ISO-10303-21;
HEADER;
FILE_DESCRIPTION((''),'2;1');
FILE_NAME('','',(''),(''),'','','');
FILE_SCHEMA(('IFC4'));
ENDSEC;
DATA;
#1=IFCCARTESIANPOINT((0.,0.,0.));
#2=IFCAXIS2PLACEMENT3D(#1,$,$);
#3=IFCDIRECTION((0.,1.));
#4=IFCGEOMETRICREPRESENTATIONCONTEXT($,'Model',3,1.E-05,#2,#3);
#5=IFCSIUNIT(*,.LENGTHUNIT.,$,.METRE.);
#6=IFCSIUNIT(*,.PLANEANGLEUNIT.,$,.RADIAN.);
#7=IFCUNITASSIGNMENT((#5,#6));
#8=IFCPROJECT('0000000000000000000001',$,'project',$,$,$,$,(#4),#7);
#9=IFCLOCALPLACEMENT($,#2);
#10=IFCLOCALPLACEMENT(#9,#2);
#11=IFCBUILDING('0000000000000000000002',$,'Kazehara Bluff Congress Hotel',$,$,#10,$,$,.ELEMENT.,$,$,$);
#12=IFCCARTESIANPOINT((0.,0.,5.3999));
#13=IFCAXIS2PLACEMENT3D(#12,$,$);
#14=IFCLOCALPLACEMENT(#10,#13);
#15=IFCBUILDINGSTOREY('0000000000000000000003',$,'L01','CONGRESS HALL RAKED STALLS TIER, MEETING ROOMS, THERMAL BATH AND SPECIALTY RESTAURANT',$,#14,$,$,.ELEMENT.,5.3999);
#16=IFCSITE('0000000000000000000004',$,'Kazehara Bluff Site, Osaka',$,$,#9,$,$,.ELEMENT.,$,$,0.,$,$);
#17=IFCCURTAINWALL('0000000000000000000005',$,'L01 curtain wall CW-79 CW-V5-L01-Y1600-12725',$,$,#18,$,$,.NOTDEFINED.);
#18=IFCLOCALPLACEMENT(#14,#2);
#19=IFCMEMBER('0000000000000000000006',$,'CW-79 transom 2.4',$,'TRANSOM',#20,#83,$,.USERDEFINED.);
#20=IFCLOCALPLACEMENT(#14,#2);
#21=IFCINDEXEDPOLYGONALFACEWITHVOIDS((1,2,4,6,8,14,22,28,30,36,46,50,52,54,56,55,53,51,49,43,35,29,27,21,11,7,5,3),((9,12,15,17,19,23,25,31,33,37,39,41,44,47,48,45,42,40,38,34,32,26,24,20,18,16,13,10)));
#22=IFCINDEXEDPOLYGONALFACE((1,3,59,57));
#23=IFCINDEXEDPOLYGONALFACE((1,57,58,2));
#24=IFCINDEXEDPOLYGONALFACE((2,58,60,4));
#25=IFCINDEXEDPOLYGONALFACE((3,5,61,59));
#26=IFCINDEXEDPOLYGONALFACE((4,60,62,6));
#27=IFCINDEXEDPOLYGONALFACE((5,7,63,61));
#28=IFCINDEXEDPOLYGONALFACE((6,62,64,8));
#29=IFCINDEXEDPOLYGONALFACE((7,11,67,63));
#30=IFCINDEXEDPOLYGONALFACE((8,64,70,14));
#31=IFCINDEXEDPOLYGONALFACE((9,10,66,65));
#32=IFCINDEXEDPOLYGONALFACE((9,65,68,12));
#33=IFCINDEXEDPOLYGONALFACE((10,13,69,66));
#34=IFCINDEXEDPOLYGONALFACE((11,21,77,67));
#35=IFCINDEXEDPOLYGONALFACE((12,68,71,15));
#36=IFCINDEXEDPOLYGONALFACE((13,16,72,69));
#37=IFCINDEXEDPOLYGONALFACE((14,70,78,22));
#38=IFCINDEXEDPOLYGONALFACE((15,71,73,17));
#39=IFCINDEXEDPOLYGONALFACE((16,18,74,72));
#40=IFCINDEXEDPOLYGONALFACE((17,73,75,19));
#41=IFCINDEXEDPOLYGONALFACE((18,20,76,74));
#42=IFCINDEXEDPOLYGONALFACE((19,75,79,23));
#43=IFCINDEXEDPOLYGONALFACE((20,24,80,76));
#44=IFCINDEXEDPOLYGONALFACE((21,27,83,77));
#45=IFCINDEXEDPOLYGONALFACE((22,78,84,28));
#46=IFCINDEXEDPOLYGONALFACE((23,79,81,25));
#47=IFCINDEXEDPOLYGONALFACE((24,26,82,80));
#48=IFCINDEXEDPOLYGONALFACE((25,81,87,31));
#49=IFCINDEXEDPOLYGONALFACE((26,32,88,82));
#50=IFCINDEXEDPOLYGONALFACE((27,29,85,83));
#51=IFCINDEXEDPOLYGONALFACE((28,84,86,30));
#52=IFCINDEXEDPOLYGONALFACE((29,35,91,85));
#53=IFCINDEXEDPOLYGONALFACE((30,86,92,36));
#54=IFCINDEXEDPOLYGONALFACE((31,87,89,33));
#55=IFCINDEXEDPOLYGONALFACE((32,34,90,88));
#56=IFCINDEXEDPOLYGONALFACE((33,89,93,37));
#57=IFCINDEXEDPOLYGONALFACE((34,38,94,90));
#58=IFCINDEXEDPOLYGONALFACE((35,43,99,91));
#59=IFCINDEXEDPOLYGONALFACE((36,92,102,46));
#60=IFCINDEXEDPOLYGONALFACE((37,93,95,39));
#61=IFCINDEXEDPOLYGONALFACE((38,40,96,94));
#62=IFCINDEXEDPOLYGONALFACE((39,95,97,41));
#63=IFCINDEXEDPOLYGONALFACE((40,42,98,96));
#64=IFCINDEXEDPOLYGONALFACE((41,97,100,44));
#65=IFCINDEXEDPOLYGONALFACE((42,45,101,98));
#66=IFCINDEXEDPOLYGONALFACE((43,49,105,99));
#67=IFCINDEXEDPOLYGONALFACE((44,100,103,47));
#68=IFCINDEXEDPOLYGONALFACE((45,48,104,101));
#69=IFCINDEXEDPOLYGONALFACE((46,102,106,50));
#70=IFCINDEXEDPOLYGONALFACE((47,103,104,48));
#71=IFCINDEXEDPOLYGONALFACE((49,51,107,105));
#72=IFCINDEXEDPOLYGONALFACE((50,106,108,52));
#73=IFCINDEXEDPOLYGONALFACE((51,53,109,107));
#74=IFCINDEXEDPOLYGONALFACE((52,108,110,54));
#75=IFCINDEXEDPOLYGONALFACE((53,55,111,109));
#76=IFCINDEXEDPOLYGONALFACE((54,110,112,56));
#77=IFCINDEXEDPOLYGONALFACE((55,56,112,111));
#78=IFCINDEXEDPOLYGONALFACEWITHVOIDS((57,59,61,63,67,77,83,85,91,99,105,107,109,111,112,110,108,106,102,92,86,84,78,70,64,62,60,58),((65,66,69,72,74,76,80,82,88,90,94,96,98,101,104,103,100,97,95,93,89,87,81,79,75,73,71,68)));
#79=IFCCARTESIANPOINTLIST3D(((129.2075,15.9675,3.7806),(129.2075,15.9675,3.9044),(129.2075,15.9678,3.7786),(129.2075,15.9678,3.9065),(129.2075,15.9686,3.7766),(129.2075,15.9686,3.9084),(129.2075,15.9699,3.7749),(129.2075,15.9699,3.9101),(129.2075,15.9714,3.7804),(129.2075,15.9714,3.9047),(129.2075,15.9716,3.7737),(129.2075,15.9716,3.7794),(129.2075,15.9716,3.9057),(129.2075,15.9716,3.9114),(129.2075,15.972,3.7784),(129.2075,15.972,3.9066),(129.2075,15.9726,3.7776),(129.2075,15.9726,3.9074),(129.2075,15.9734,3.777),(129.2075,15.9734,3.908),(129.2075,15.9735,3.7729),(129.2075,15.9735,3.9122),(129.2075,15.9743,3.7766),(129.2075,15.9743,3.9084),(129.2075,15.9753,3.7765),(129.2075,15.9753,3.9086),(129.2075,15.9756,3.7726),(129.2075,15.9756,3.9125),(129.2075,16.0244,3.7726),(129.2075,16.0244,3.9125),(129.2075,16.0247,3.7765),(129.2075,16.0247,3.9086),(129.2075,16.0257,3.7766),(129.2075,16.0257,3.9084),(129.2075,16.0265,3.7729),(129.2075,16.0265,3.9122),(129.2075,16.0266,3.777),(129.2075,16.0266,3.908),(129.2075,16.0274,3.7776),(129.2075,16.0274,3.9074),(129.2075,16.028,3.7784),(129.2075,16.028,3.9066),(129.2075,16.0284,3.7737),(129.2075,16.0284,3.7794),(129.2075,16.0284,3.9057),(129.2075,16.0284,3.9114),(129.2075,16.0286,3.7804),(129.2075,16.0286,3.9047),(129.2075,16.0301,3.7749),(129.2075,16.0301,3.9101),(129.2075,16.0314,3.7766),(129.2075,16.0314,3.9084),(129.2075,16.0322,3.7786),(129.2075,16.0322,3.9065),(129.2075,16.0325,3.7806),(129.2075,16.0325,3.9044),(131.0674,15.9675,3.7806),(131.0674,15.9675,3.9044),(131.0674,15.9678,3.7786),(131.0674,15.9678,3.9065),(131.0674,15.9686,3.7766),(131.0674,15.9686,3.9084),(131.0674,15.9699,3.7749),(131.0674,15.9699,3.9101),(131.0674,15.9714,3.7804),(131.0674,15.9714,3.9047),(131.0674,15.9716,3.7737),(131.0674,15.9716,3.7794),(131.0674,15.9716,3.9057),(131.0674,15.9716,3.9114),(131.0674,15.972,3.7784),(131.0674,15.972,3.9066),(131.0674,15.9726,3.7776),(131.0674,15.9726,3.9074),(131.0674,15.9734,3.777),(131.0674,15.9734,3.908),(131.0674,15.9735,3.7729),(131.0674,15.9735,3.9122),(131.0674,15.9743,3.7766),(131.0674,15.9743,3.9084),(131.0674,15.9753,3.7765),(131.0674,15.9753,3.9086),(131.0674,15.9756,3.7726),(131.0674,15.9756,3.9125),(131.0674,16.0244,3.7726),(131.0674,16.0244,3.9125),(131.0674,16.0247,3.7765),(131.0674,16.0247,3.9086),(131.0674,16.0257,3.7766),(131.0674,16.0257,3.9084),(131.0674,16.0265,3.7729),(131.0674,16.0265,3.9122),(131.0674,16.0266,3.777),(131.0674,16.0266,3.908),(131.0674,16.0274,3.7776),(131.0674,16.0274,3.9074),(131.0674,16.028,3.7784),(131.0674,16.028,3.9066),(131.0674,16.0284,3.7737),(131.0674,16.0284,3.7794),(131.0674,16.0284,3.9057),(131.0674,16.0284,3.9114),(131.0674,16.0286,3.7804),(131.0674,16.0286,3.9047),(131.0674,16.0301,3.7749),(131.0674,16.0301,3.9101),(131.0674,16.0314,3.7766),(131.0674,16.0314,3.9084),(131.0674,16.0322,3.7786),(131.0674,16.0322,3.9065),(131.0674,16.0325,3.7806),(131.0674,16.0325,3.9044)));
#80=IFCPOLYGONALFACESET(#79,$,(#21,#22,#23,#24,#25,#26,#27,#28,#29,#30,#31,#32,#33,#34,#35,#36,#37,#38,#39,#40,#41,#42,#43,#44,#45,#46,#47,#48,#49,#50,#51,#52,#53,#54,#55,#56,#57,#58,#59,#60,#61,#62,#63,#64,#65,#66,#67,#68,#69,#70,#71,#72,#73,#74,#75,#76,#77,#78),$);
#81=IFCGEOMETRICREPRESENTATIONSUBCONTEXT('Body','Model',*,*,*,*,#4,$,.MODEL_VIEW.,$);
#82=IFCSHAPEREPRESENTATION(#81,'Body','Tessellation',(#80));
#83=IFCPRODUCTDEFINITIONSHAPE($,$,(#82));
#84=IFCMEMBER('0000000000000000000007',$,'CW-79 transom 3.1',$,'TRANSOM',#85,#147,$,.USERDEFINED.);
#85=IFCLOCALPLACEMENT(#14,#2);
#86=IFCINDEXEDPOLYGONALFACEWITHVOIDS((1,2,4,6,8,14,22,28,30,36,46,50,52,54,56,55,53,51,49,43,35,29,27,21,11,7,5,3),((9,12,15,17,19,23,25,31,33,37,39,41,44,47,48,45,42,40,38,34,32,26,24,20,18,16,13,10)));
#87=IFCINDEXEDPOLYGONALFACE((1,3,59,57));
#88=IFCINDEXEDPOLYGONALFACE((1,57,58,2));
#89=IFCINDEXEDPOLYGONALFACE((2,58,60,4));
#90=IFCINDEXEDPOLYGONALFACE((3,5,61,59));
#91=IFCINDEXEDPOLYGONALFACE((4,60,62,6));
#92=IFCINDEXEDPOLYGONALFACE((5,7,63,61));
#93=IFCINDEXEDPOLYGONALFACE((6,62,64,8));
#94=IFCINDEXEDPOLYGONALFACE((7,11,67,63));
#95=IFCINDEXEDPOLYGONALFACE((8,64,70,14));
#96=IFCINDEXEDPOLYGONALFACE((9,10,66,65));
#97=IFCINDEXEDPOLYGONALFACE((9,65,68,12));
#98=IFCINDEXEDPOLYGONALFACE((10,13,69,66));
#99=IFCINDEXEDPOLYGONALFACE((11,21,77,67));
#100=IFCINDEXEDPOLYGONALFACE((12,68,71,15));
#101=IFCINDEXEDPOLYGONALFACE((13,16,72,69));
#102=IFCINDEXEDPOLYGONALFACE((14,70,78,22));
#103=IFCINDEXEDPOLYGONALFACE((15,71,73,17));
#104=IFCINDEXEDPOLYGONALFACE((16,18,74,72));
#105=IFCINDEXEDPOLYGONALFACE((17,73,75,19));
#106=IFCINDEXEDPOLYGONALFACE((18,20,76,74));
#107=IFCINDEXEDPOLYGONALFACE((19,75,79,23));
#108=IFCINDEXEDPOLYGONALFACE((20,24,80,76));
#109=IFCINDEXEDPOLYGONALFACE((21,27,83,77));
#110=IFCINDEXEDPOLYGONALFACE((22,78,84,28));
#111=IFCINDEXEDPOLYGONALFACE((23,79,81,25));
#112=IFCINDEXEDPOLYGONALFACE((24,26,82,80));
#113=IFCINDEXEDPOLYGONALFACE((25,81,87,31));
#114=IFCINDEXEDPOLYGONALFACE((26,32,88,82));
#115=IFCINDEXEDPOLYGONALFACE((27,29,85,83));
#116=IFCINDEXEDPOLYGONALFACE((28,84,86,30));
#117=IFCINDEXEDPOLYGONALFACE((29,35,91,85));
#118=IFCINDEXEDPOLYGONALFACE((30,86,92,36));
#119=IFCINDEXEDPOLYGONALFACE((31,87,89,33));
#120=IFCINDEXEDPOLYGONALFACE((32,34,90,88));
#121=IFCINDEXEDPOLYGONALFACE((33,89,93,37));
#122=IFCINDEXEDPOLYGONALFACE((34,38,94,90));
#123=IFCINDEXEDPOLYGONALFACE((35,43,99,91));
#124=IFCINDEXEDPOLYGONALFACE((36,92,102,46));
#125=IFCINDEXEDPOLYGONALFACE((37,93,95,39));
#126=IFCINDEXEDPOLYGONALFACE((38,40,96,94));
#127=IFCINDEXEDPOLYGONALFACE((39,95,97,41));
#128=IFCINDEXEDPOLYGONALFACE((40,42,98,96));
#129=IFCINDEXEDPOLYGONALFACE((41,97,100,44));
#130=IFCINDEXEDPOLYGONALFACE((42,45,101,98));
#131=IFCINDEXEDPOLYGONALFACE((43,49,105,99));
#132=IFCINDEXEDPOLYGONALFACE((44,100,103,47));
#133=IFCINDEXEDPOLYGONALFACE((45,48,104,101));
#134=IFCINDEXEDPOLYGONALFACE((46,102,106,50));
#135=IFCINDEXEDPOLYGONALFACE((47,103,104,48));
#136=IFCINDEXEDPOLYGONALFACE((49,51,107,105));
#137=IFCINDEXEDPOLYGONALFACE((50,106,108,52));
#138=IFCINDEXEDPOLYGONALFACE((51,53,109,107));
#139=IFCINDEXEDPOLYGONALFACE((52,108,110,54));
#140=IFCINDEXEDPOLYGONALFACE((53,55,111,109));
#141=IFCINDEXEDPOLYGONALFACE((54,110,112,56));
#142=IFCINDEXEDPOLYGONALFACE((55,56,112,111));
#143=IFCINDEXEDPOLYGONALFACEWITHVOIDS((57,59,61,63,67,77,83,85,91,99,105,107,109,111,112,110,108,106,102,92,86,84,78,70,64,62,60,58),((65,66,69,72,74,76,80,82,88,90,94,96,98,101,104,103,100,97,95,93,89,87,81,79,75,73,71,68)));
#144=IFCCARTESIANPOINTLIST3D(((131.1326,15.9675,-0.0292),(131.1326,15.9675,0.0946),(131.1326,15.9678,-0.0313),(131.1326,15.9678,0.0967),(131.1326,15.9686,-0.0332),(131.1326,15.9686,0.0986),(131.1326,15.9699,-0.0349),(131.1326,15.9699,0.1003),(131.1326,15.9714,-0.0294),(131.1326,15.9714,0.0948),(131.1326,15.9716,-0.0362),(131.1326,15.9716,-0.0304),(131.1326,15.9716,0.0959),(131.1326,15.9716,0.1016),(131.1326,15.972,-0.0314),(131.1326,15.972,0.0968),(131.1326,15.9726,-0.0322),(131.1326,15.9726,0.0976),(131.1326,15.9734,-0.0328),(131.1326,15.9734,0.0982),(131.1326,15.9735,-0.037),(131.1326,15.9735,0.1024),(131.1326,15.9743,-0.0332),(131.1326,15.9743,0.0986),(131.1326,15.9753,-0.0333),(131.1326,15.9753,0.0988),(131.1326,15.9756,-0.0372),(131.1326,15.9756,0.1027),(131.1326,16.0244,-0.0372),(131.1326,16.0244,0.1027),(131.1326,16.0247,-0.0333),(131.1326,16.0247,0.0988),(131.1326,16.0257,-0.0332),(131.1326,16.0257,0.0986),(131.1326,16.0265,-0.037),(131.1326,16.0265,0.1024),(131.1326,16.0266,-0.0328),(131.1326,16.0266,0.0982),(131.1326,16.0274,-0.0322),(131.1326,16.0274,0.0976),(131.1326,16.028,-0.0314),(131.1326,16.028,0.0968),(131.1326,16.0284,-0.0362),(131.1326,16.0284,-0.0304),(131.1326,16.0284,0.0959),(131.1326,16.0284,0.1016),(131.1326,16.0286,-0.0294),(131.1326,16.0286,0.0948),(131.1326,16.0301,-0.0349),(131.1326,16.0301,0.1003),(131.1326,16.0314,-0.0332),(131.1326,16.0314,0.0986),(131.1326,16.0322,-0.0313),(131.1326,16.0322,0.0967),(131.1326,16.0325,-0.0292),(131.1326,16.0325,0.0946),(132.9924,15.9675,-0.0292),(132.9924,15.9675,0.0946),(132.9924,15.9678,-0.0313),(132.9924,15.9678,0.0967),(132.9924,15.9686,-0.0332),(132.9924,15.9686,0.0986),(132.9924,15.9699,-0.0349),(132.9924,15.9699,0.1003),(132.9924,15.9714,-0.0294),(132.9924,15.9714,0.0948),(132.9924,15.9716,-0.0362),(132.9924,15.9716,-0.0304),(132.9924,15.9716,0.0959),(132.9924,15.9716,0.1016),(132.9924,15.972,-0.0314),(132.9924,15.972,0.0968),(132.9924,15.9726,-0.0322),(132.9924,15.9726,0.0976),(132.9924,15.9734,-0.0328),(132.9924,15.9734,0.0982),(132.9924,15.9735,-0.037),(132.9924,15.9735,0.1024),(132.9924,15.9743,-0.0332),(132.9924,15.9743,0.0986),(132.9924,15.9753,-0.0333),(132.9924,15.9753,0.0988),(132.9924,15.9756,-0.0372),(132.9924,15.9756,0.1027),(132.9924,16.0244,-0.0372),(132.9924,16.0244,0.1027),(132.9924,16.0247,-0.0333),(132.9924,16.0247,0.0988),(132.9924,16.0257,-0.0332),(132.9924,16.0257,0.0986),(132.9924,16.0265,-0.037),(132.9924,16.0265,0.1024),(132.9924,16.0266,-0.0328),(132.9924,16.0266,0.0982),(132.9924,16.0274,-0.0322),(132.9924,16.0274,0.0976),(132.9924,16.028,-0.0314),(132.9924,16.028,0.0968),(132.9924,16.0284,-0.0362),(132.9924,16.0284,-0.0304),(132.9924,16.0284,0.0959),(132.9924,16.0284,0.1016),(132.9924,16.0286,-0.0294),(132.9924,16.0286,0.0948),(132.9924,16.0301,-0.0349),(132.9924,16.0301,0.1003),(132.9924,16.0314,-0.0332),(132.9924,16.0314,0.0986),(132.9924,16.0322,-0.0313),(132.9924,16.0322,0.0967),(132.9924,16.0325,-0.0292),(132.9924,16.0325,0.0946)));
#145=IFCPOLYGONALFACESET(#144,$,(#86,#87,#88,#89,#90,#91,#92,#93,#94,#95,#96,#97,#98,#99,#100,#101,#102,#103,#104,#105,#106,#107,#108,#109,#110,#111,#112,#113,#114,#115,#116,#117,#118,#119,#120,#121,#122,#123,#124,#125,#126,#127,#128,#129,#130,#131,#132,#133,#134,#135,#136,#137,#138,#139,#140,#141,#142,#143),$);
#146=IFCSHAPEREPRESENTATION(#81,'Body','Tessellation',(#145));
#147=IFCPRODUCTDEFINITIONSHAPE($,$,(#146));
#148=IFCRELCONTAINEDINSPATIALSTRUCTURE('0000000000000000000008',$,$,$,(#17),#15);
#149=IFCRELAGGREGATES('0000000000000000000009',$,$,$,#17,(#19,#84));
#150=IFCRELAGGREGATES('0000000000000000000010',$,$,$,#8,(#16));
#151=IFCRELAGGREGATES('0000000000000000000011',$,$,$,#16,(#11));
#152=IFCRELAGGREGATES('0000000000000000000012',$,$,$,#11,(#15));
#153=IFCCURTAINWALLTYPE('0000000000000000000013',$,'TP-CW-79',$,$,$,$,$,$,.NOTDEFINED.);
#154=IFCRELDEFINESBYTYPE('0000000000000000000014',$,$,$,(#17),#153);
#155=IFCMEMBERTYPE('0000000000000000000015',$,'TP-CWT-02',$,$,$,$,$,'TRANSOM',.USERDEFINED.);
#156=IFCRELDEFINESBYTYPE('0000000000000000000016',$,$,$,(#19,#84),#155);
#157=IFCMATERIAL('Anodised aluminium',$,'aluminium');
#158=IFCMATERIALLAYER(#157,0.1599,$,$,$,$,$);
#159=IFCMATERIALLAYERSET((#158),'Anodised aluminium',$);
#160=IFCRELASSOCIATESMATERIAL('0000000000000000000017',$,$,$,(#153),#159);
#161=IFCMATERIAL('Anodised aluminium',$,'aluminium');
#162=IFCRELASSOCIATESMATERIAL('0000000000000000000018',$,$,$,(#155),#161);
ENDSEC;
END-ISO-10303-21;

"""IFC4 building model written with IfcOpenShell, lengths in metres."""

from ifc_helpers import new_model, si_unit, direction, frame, origin, origin_2d, place, context, subcontext, project, spatial, hollow_rectangle, extrude, material, layer, layer_set, material_profile, profile_set, type_object, element, aggregate, save


model = new_model("IFC4")

# Units and contexts
model_context = context("Model", 3, precision=1e-05, world=origin(), true_north=direction((0.0, 1.0)))
body_context = subcontext(model_context, "Body", "Model", "MODEL_VIEW")
ifc_project = project(units=[si_unit("LENGTHUNIT", "METRE"), si_unit("PLANEANGLEUNIT", "RADIAN")], contexts=[model_context])

# Site, building, storey
site_placement = place(None, origin())
site = spatial("IfcSite", under=ifc_project, at=site_placement, Name="Kazehara Bluff Site, Osaka", CompositionType="ELEMENT", RefElevation=0.0)
building_placement = place(site_placement, origin())
building = spatial("IfcBuilding", under=site, at=building_placement, Name="Kazehara Bluff Congress Hotel", CompositionType="ELEMENT")
storey_placement = place(building_placement, frame((0.0, 0.0, 5.3999)))
storey = spatial("IfcBuildingStorey", under=building, at=storey_placement, Name="L01", Description="CONGRESS HALL RAKED STALLS TIER, MEETING ROOMS, THERMAL BATH AND SPECIALTY RESTAURANT", CompositionType="ELEMENT", Elevation=5.3999)

# Curtain wall, members
ifc_material_1 = material(Name="Anodised aluminium", Category="aluminium")
ifc_layer_1 = layer(ifc_material_1, 0.1599)
ifc_layer_set_1 = layer_set([ifc_layer_1], Name="Anodised aluminium")
curtain_wall_type = type_object("IfcCurtainWallType", Name="TP-CW-79", PredefinedType="NOTDEFINED", material=ifc_layer_set_1)
curtain_wall_placement = place(storey_placement, origin())
curtain_wall = element("IfcCurtainWall", 1, at=curtain_wall_placement, inside=storey, type_object=curtain_wall_type, Name="L01 curtain wall CW-79 CW-V5-L01-Y1600-12725", PredefinedType="NOTDEFINED")
ifc_material_2 = material(Name="Anodised aluminium", Category="aluminium")
ifc_material_profile_1 = material_profile(ifc_material_2, hollow_rectangle(XDim=0.0649, YDim=0.1399, WallThickness=0.0039, InnerFilletRadius=0.0039, OuterFilletRadius=0.0081, at=origin_2d()))
ifc_profile_set_1 = profile_set([ifc_material_profile_1], Name="Anodised aluminium")
member_type_1 = type_object("IfcMemberType", Name="TP-CWT-02", ElementType="TRANSOM", PredefinedType="USERDEFINED", material=ifc_profile_set_1)
member_1_placement = place(storey_placement, frame((129.2075, 16.0, 3.8425), z_axis=(1.0, 0.0, 0.0), x_axis=(0.0, 1.0, 0.0)))
member_1 = element("IfcMember", 2, at=member_1_placement, type_object=member_type_1, Name="CW-79 transom 2.4", ObjectType="TRANSOM", PredefinedType="USERDEFINED", context=body_context, shape_type="SweptSolid", body=[
    extrude(hollow_rectangle(XDim=0.0649, YDim=0.1399, WallThickness=0.0039, InnerFilletRadius=0.0039, OuterFilletRadius=0.0081, at=origin_2d()), origin(), (0.0, 0.0, 1.0), 1.8599),
])
member_2_placement = place(storey_placement, frame((131.1326, 16.0, 0.0327), z_axis=(1.0, 0.0, 0.0), x_axis=(0.0, 1.0, 0.0)))
member_2 = element("IfcMember", 3, at=member_2_placement, type_object=member_type_1, Name="CW-79 transom 3.1", ObjectType="TRANSOM", PredefinedType="USERDEFINED", context=body_context, shape_type="SweptSolid", body=[
    extrude(hollow_rectangle(XDim=0.0649, YDim=0.1399, WallThickness=0.0039, InnerFilletRadius=0.0039, OuterFilletRadius=0.0081, at=origin_2d()), origin(), (0.0, 0.0, 1.0), 1.8599),
])

aggregate(curtain_wall, [member_1, member_2])

save(model, "model.ifc")
